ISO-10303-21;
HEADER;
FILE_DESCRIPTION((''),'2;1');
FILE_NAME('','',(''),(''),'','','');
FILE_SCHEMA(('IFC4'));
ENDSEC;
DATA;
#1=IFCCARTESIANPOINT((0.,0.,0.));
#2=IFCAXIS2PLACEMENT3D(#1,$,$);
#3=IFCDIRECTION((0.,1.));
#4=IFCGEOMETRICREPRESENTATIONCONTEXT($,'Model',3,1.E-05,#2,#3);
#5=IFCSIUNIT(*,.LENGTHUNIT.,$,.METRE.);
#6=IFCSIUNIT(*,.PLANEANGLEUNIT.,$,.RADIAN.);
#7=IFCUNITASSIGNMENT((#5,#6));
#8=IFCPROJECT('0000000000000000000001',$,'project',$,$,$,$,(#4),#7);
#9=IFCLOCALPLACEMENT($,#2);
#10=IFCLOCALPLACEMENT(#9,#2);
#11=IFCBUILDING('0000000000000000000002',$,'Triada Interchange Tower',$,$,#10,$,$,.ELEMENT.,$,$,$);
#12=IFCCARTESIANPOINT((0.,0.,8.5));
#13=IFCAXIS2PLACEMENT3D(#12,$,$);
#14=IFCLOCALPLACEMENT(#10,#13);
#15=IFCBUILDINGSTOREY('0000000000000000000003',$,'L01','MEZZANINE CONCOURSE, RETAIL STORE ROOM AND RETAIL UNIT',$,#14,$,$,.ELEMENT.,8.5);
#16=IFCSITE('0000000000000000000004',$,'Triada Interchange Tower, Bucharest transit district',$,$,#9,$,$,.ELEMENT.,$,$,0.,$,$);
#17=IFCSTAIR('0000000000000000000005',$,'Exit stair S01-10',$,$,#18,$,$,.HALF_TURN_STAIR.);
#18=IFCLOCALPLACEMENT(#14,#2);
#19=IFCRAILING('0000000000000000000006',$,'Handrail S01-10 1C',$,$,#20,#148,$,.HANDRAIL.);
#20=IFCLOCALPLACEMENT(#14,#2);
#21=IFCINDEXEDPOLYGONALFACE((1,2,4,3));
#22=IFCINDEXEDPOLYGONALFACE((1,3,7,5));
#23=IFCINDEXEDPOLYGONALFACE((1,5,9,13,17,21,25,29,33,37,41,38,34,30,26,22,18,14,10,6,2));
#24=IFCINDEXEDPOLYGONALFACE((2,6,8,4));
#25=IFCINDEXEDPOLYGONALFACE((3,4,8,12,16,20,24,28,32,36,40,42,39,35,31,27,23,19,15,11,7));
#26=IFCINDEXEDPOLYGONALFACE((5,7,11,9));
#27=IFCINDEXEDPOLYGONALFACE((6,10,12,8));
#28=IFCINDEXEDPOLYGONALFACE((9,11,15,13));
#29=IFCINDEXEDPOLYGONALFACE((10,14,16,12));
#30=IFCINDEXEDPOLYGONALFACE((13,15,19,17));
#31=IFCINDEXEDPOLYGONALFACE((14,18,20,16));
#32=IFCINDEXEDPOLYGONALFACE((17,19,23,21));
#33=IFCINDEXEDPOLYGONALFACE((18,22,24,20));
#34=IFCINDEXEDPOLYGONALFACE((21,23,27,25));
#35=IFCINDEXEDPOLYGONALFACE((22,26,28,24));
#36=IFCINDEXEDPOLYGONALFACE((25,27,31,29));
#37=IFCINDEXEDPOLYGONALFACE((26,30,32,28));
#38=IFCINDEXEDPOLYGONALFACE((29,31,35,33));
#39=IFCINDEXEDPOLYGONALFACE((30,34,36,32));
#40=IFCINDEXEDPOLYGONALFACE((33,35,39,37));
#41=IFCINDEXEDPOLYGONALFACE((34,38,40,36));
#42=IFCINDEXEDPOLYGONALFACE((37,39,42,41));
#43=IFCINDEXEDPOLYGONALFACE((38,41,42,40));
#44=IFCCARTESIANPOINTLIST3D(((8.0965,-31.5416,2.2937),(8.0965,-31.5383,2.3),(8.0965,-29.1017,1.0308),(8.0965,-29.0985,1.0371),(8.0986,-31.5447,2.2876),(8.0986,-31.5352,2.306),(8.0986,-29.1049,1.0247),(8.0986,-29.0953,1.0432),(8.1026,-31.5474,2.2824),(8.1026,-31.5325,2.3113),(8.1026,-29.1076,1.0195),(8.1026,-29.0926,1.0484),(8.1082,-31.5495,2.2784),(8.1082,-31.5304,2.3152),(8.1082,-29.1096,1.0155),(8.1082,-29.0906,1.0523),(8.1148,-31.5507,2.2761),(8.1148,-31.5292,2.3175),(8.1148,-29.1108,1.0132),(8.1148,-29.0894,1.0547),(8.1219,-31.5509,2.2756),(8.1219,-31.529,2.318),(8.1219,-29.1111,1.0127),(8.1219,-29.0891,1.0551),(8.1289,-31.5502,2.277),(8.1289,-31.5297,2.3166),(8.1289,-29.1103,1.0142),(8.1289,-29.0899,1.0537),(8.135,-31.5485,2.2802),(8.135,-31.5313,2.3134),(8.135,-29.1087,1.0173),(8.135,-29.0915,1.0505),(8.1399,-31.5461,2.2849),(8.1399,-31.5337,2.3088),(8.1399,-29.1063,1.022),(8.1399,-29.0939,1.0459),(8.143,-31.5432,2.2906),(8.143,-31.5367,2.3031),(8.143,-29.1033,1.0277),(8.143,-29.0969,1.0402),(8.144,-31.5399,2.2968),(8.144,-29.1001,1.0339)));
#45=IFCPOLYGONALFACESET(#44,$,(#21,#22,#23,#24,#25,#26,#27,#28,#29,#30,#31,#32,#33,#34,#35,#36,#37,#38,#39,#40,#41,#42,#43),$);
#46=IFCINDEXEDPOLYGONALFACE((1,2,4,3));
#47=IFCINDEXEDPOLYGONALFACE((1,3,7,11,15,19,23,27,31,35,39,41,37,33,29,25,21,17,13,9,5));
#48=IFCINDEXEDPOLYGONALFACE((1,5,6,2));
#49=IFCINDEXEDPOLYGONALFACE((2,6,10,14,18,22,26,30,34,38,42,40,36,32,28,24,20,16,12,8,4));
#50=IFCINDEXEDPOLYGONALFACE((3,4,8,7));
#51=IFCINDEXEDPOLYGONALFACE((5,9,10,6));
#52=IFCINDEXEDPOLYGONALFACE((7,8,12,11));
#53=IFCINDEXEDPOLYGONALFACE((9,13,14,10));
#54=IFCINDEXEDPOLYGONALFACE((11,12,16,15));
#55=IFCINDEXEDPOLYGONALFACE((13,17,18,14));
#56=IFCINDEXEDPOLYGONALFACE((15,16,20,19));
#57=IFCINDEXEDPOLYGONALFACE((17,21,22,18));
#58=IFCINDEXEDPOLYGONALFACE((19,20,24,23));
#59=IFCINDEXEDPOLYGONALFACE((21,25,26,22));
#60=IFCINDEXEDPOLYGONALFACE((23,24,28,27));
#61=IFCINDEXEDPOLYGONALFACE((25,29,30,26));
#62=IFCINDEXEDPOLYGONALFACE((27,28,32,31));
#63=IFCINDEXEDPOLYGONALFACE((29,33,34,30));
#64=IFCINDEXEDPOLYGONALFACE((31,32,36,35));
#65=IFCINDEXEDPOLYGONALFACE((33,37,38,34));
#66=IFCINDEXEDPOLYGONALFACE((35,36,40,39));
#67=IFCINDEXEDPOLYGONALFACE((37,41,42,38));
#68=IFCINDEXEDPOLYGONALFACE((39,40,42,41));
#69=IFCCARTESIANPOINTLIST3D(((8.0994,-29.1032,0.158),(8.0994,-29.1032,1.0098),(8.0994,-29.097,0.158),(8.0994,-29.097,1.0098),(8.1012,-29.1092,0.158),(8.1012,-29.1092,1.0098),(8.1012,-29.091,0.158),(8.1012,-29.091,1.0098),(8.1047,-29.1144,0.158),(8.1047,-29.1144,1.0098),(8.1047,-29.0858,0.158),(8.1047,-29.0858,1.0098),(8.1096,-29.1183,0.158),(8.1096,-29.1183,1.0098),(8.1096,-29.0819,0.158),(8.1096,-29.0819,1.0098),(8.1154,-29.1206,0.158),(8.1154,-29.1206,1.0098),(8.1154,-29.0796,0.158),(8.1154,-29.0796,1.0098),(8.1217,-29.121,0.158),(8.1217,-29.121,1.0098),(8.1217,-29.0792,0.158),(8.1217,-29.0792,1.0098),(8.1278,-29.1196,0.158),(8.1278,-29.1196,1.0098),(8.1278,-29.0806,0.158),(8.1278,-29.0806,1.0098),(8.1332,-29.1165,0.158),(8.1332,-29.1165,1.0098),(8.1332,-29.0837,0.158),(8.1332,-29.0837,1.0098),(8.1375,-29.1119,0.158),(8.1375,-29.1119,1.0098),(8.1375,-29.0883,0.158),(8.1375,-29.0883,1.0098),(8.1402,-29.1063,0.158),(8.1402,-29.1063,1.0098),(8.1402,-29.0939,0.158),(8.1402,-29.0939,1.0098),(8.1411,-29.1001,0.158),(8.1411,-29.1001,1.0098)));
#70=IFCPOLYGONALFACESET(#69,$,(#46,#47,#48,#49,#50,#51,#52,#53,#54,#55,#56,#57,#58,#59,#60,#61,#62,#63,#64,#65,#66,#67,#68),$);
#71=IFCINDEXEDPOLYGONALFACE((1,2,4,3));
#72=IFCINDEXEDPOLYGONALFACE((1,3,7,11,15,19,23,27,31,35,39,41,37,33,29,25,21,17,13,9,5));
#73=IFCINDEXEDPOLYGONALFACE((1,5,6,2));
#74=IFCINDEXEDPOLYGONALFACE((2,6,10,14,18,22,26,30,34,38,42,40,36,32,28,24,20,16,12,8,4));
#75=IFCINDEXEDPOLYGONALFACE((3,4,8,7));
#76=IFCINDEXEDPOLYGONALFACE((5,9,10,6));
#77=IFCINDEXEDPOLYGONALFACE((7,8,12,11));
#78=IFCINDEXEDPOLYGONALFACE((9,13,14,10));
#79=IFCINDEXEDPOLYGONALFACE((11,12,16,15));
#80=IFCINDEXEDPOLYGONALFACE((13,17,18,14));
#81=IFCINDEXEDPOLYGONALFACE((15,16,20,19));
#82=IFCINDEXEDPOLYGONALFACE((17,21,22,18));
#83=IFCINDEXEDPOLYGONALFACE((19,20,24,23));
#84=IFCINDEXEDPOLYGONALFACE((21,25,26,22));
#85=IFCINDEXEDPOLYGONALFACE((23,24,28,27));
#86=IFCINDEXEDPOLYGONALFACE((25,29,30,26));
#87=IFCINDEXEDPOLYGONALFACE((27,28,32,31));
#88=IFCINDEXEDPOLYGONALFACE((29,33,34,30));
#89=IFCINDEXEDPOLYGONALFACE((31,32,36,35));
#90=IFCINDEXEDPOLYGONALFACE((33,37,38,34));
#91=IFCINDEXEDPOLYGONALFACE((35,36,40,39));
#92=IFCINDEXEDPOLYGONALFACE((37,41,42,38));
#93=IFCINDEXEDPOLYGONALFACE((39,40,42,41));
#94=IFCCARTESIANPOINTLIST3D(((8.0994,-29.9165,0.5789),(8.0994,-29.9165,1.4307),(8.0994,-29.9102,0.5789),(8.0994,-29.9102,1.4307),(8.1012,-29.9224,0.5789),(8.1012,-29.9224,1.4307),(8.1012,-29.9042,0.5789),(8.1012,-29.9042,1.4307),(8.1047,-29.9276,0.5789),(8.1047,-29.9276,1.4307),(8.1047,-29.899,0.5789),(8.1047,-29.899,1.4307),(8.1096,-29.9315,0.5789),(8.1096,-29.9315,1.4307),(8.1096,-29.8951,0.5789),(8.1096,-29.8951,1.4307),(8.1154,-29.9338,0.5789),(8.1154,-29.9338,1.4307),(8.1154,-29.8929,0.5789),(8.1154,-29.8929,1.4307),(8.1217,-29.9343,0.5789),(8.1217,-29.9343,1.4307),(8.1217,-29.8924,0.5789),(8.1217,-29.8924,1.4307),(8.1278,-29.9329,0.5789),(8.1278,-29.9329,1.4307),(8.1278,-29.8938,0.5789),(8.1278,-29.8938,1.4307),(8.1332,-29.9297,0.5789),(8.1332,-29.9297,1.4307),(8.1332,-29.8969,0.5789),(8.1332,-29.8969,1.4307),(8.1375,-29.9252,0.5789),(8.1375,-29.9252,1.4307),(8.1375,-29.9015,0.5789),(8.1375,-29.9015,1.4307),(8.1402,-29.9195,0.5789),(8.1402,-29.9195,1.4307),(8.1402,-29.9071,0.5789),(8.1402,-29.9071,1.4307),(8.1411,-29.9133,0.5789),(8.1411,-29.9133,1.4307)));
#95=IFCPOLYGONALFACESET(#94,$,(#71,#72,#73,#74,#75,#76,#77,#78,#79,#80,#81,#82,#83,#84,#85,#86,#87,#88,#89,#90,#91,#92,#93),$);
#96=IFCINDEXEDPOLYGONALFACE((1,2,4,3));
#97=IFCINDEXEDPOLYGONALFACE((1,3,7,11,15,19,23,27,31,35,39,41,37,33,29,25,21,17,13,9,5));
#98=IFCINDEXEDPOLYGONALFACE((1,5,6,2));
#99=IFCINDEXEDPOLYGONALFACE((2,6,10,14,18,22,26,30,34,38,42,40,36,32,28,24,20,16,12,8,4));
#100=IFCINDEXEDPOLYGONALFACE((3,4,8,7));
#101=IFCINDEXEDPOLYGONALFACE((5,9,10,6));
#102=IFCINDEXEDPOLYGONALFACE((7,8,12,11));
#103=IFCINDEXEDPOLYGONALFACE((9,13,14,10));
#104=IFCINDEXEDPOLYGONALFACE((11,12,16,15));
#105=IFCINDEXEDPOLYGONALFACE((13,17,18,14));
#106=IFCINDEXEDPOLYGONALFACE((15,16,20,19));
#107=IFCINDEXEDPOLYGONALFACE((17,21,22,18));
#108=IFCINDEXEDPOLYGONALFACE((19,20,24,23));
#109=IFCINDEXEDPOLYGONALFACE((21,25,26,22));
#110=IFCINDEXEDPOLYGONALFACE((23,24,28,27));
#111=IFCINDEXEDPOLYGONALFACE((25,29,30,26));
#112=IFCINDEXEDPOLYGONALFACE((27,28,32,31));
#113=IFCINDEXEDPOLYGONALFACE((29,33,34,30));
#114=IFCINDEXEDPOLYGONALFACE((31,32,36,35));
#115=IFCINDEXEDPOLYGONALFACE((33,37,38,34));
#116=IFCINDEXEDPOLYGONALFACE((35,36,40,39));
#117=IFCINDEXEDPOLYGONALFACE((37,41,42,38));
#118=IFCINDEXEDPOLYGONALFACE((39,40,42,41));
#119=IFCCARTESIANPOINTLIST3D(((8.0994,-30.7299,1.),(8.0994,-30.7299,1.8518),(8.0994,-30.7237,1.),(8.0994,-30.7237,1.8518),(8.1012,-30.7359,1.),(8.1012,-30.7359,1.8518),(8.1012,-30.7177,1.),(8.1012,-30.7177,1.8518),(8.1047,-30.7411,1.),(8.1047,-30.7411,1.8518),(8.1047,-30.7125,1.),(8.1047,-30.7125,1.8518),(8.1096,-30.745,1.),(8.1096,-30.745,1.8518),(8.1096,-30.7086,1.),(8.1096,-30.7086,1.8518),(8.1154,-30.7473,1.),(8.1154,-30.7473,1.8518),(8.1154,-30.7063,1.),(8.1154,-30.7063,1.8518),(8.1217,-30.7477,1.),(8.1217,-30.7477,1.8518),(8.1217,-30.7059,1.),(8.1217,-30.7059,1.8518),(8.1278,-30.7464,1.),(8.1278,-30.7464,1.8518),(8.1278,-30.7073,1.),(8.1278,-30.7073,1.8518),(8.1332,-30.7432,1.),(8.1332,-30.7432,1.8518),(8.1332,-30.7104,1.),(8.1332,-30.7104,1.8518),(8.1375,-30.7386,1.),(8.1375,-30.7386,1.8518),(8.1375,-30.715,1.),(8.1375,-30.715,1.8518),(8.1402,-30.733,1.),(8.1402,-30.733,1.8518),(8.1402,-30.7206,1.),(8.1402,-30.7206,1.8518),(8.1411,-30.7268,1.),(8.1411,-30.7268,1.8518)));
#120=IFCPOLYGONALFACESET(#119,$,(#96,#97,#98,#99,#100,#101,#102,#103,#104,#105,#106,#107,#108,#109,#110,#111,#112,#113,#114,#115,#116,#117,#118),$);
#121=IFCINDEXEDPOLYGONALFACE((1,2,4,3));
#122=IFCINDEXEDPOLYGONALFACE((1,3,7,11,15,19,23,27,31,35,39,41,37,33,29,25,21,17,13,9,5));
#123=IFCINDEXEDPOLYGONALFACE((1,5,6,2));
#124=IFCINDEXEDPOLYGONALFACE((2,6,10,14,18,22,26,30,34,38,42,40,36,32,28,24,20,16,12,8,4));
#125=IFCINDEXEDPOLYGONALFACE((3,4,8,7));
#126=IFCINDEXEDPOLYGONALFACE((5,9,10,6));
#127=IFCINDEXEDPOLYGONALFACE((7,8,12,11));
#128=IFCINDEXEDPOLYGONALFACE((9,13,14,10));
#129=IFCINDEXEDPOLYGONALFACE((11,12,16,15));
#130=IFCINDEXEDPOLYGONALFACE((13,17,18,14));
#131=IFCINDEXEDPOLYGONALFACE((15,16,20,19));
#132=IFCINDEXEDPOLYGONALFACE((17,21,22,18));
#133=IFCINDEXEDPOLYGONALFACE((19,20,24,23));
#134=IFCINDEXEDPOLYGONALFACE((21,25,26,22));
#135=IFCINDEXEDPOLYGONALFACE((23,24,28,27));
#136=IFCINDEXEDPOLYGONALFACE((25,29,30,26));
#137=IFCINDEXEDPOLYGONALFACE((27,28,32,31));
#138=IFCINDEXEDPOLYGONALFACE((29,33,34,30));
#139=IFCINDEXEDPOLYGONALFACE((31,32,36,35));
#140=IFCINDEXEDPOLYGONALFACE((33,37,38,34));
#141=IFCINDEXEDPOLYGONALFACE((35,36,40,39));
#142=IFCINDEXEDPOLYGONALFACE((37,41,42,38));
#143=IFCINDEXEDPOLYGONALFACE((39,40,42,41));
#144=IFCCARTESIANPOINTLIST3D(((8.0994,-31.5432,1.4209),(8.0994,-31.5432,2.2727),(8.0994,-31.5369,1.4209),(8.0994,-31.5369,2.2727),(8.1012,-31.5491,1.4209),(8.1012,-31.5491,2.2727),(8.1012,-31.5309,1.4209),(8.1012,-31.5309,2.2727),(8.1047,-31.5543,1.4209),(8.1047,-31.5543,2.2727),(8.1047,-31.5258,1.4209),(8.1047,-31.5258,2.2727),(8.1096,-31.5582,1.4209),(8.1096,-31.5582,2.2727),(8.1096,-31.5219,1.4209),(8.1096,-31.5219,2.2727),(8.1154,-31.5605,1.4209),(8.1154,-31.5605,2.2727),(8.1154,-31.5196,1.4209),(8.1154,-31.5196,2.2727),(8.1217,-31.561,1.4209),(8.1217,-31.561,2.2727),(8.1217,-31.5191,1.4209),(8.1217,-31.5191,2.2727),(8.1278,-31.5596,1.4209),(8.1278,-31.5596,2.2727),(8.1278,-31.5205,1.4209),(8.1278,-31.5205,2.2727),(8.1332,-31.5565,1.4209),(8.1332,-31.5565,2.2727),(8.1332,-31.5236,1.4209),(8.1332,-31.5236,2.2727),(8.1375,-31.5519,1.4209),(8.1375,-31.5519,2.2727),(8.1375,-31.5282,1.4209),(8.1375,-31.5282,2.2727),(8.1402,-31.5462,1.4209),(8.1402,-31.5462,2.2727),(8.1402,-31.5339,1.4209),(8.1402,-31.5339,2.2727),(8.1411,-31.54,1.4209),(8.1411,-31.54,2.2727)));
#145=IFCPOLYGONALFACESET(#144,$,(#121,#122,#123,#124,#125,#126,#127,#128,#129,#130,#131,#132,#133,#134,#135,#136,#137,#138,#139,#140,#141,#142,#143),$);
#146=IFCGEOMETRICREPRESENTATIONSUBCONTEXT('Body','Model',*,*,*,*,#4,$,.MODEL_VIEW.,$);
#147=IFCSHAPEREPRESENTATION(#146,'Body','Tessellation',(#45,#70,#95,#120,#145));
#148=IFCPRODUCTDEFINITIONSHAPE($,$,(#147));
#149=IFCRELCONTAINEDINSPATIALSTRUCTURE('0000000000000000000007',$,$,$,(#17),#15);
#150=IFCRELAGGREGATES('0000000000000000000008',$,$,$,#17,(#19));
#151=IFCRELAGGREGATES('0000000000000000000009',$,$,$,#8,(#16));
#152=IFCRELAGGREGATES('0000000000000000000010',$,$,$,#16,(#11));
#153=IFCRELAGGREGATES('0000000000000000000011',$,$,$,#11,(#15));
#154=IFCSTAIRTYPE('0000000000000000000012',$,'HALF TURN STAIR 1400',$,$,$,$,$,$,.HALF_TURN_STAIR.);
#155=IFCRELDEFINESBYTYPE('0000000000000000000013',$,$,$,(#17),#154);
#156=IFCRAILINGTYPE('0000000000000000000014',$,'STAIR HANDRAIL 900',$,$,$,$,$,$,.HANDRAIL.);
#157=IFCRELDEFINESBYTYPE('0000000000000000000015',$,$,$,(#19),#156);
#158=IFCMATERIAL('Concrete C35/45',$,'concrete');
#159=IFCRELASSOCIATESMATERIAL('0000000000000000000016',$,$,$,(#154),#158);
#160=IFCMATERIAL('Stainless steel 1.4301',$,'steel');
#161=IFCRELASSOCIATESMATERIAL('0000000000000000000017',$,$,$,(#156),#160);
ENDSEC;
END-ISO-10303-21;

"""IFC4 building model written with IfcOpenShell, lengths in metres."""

from ifc_helpers import new_model, si_unit, direction, frame, origin, origin_2d, place, context, subcontext, project, spatial, circle, extrude, material, type_object, element, aggregate, save


model = new_model("IFC4")

# Units and contexts
model_context = context("Model", 3, precision=1e-05, world=origin(), true_north=direction((0.0, 1.0)))
body_context = subcontext(model_context, "Body", "Model", "MODEL_VIEW")
ifc_project = project(units=[si_unit("LENGTHUNIT", "METRE"), si_unit("PLANEANGLEUNIT", "RADIAN")], contexts=[model_context])

# Site, building, storey
site_placement = place(None, origin())
site = spatial("IfcSite", under=ifc_project, at=site_placement, Name="Triada Interchange Tower, Bucharest transit district", CompositionType="ELEMENT", RefElevation=0.0)
building_placement = place(site_placement, origin())
building = spatial("IfcBuilding", under=site, at=building_placement, Name="Triada Interchange Tower", CompositionType="ELEMENT")
storey_placement = place(building_placement, frame((0.0, 0.0, 8.5)))
storey = spatial("IfcBuildingStorey", under=building, at=storey_placement, Name="L01", Description="MEZZANINE CONCOURSE, RETAIL STORE ROOM AND RETAIL UNIT", CompositionType="ELEMENT", Elevation=8.5)

# Shared definitions
ifc_material_1 = material(Name="Concrete C35/45", Category="concrete")

# Shared definitions
stair_type = type_object("IfcStairType", Name="HALF TURN STAIR 1400", PredefinedType="HALF_TURN_STAIR", material=ifc_material_1)

# Stair
stair_1_placement = place(storey_placement, origin())
stair_1 = element("IfcStair", 1, at=stair_1_placement, inside=storey, type_object=stair_type, Name="Exit stair S01-10", PredefinedType="HALF_TURN_STAIR")
ifc_material_2 = material(Name="Stainless steel 1.4301", Category="steel")

# Railing
railing_type_1 = type_object("IfcRailingType", Name="STAIR HANDRAIL 900", PredefinedType="HANDRAIL", material=ifc_material_2)
railing_1_placement = place(storey_placement, frame((8.1201, -29.1001, 0.158)))
railing_1 = element("IfcRailing", 2, at=railing_1_placement, type_object=railing_type_1, Name="Handrail S01-10 1C", PredefinedType="HANDRAIL", context=body_context, shape_type="SweptSolid", body=[
    extrude(circle(Radius=0.0239, at=origin_2d()), frame((0.0, 0.0, 0.876), z_axis=(0.0, -0.888084, 0.459682), x_axis=(1.0, 0.0, 0.0)), (0.0, 0.0, 1.0), 2.7473),
    extrude(circle(Radius=0.021, at=origin_2d()), origin(), (0.0, 0.0, 1.0), 0.8518),
    extrude(circle(Radius=0.021, at=origin_2d()), frame((0.0, -0.8132, 0.4209)), (0.0, 0.0, 1.0), 0.8518),
    extrude(circle(Radius=0.021, at=origin_2d()), frame((0.0, -1.6267, 0.842)), (0.0, 0.0, 1.0), 0.8518),
    extrude(circle(Radius=0.021, at=origin_2d()), frame((0.0, -2.4399, 1.2629)), (0.0, 0.0, 1.0), 0.8518),
])
aggregate(stair_1, [railing_1])

save(model, "model.ifc")
